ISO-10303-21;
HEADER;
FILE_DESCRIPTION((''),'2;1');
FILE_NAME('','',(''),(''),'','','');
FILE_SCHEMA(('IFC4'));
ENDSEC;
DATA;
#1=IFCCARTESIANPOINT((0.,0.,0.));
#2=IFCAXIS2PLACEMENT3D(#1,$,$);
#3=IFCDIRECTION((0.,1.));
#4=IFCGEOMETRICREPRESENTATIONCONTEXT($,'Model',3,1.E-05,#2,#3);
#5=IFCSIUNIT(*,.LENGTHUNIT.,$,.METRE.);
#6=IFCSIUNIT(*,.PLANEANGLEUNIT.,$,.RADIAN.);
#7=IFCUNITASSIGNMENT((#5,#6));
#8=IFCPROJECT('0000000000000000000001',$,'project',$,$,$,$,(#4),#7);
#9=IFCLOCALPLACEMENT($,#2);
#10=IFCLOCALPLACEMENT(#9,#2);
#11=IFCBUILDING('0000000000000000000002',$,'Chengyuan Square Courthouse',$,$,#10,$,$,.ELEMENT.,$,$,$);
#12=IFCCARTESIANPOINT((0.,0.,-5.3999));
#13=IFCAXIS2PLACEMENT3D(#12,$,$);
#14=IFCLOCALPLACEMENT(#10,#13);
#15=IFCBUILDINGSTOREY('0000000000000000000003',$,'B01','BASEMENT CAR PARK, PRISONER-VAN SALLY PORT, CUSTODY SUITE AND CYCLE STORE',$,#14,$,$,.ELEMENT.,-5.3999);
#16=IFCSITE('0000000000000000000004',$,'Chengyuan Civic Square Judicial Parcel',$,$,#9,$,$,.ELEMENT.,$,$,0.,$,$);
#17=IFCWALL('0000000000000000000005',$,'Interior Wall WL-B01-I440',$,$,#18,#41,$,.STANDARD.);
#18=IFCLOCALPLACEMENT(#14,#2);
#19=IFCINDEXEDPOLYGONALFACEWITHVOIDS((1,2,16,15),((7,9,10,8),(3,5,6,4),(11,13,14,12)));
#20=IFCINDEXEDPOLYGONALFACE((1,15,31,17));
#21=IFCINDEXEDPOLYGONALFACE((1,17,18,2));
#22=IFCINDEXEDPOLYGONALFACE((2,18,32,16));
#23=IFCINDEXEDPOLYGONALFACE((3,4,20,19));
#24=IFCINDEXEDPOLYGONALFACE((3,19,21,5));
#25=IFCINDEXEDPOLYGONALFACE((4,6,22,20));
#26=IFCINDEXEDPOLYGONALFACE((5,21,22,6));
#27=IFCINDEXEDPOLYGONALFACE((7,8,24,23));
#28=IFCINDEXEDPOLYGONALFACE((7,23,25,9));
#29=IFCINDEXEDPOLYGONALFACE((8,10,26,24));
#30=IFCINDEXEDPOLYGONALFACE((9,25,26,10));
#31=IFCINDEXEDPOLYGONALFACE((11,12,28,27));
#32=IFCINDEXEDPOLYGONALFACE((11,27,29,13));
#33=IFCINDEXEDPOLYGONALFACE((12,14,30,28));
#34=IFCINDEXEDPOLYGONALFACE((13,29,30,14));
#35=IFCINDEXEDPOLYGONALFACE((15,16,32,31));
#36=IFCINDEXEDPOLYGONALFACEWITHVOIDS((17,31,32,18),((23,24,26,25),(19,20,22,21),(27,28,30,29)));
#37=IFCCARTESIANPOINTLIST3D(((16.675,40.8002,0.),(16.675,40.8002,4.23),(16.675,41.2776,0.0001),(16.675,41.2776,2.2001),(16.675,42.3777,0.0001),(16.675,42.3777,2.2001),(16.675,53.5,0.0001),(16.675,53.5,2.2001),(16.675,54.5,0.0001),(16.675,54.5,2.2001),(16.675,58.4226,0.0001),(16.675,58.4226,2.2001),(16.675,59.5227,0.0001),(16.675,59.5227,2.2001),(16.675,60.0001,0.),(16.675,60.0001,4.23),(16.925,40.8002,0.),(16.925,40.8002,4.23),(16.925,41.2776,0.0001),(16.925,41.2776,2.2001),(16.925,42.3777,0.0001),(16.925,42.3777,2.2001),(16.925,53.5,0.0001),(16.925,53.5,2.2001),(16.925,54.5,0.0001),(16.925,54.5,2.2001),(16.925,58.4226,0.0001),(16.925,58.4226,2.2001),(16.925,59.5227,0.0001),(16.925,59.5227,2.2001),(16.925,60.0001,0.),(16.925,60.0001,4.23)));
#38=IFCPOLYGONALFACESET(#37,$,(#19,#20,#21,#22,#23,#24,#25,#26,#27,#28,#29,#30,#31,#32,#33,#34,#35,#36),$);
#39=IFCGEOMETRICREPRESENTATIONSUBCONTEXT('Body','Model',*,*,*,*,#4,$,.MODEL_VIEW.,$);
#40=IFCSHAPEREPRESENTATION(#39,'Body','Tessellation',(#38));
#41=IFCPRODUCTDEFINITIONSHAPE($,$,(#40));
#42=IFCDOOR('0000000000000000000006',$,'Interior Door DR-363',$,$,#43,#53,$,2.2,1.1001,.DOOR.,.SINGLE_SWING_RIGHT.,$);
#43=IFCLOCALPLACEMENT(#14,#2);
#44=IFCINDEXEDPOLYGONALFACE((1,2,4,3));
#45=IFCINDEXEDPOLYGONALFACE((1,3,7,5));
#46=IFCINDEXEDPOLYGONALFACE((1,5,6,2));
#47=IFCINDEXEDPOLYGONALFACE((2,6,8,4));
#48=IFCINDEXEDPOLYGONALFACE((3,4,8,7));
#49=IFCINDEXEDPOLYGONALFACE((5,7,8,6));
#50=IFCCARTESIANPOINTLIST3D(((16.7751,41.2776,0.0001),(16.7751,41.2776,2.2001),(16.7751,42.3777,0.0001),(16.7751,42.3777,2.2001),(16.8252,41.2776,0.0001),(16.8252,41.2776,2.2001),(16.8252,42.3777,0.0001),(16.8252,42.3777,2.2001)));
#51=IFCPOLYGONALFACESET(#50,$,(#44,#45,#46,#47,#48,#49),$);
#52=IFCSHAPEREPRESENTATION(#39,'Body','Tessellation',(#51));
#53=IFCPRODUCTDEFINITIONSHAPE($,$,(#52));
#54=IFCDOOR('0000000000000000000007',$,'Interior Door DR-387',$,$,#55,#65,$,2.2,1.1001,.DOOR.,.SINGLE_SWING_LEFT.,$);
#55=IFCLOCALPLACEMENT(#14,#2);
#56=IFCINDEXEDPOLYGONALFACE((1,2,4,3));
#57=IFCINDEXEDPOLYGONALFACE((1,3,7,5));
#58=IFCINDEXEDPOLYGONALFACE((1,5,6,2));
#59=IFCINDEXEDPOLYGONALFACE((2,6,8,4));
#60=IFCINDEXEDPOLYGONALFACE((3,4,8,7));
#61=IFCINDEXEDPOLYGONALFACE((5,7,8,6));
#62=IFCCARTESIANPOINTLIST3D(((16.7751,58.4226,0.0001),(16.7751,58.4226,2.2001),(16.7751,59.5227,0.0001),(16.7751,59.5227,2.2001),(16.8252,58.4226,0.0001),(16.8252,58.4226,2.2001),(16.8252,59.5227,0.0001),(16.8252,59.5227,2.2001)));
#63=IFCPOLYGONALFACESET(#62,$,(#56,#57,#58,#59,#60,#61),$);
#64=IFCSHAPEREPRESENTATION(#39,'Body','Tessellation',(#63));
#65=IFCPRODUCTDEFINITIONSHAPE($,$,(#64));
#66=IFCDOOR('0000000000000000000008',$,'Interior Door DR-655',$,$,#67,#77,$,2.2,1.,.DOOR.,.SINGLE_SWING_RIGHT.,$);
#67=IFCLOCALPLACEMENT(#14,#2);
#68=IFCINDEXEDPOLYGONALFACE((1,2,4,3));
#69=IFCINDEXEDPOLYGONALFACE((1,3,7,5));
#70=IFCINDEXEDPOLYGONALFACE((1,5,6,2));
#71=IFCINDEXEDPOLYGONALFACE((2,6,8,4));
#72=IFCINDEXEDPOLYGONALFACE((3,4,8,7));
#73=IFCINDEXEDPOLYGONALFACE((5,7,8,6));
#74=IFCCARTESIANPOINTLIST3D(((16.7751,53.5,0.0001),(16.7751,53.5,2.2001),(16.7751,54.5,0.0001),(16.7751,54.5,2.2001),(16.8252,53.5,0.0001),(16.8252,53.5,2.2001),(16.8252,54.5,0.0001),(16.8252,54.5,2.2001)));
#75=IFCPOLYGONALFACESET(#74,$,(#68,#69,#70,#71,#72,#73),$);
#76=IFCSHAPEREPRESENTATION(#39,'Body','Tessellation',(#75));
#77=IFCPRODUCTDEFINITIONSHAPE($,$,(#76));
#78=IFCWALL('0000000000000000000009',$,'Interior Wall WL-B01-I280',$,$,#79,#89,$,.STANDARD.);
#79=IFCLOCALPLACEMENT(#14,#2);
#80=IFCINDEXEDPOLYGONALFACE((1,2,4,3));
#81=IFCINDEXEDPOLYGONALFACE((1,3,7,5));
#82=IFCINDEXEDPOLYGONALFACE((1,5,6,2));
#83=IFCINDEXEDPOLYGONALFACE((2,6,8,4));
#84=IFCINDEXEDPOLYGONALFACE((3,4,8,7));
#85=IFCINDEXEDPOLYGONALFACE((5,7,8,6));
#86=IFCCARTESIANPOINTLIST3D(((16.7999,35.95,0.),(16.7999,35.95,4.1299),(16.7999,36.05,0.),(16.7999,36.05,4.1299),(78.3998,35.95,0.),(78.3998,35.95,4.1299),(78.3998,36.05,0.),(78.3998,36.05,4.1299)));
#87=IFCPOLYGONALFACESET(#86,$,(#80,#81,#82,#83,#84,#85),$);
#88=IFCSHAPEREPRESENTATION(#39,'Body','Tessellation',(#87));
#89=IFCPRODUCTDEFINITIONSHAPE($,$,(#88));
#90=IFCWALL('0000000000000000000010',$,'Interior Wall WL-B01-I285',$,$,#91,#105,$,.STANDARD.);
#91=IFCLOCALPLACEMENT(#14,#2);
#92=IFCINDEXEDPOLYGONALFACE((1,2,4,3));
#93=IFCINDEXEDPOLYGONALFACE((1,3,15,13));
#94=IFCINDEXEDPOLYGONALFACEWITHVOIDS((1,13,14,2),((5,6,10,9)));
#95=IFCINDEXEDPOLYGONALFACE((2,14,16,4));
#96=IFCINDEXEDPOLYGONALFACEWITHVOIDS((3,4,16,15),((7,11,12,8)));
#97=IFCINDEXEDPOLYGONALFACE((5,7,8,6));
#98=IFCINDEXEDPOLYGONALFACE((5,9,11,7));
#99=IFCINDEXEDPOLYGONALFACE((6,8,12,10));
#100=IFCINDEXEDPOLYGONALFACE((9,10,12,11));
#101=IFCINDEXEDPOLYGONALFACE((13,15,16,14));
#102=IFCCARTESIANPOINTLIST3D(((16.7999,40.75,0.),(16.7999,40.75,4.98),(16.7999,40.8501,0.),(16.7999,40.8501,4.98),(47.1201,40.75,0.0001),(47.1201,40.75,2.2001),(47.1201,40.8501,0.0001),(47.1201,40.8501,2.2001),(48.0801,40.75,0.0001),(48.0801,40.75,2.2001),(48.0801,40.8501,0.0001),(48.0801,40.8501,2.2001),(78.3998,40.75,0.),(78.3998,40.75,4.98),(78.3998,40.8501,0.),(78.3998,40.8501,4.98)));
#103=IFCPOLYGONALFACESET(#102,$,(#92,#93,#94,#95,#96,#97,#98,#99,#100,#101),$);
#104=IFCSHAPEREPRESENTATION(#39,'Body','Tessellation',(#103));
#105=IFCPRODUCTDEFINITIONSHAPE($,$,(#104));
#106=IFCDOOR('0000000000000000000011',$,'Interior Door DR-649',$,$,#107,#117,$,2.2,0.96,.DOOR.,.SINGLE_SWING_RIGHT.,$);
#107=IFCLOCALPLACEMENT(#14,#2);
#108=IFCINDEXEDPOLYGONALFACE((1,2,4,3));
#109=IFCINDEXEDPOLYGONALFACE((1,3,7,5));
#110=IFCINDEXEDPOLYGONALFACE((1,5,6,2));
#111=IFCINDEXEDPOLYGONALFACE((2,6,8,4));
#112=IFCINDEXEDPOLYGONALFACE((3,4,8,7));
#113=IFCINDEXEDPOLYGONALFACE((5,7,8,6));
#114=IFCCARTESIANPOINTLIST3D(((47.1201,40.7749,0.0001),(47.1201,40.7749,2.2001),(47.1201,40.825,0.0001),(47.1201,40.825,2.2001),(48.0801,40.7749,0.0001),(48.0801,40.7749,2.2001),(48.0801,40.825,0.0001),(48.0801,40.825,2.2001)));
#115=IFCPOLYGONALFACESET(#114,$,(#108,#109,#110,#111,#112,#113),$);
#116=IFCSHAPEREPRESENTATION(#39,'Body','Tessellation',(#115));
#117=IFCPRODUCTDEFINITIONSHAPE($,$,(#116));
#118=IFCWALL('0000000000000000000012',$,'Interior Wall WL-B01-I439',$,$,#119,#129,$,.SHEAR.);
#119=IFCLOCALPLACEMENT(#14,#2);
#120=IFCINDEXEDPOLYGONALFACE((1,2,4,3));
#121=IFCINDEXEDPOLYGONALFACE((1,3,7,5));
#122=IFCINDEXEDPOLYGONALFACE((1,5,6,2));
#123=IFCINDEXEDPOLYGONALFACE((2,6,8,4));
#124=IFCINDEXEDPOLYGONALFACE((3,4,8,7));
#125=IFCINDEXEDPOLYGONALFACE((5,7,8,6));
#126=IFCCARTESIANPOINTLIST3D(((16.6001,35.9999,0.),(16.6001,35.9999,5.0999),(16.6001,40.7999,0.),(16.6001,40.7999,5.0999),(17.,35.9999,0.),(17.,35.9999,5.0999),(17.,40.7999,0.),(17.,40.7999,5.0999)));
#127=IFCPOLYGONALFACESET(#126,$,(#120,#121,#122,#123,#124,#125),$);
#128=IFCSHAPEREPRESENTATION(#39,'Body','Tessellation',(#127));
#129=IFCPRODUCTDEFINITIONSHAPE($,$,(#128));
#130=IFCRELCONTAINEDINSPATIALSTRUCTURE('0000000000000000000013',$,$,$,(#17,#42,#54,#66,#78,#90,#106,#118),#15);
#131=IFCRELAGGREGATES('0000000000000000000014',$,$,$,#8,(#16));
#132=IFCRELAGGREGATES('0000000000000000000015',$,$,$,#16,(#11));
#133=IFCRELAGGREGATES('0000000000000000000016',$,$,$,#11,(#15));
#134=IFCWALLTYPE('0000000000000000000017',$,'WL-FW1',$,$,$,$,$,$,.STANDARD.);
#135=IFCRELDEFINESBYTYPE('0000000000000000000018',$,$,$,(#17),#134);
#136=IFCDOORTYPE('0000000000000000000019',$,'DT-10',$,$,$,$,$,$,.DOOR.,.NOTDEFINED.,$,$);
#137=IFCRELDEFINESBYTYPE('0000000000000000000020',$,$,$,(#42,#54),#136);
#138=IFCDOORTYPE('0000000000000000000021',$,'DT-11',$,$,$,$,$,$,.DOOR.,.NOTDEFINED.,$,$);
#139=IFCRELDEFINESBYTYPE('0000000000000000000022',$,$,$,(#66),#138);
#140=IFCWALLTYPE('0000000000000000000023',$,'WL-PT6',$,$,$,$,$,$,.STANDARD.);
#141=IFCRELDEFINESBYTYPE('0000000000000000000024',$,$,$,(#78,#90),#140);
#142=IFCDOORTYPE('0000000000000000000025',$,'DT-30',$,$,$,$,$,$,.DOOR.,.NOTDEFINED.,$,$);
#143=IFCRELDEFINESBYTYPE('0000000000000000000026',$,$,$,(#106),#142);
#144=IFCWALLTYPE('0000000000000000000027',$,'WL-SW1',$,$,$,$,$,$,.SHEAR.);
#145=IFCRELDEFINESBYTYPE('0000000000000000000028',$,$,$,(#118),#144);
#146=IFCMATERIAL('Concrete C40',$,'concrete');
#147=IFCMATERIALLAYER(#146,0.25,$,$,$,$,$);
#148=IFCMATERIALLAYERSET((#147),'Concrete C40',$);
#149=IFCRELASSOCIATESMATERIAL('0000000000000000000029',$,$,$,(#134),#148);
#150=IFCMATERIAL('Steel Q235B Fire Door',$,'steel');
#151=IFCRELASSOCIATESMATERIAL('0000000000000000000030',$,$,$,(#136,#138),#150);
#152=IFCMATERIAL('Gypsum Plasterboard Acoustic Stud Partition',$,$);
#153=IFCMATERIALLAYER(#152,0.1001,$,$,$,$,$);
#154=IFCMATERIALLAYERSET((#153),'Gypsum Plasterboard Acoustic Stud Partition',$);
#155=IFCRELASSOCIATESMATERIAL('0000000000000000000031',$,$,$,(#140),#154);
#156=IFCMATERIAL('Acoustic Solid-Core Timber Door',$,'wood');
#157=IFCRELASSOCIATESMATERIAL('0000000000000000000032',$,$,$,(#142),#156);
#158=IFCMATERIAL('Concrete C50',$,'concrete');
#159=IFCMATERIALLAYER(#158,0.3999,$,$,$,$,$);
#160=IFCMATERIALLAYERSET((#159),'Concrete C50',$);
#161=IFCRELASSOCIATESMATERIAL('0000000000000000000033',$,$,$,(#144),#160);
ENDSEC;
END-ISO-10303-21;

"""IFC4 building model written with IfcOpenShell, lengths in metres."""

from ifc_helpers import new_model, si_unit, direction, frame, frame_2d, origin, place, context, subcontext, project, spatial, rectangle, extrude, material, layer, layer_set, type_object, element, fill, save


model = new_model("IFC4")

# Units and contexts
model_context = context("Model", 3, precision=1e-05, world=origin(), true_north=direction((0.0, 1.0)))
body_context = subcontext(model_context, "Body", "Model", "MODEL_VIEW")
ifc_project = project(units=[si_unit("LENGTHUNIT", "METRE"), si_unit("PLANEANGLEUNIT", "RADIAN")], contexts=[model_context])

# Site, building, storey
site_placement = place(None, origin())
site = spatial("IfcSite", under=ifc_project, at=site_placement, Name="Chengyuan Civic Square Judicial Parcel", CompositionType="ELEMENT", RefElevation=0.0)
building_placement = place(site_placement, origin())
building = spatial("IfcBuilding", under=site, at=building_placement, Name="Chengyuan Square Courthouse", CompositionType="ELEMENT")
storey_placement = place(building_placement, frame((0.0, 0.0, -5.3999)))
storey = spatial("IfcBuildingStorey", under=building, at=storey_placement, Name="B01", Description="BASEMENT CAR PARK, PRISONER-VAN SALLY PORT, CUSTODY SUITE AND CYCLE STORE", CompositionType="ELEMENT", Elevation=-5.3999)

# Shared definitions
ifc_material_1 = material(Name="Concrete C50", Category="concrete")

# Shared definitions
ifc_material_2 = material(Name="Concrete C40", Category="concrete")

# Wall, openings, doors
ifc_layer_1 = layer(ifc_material_2, 0.25)
ifc_layer_set_1 = layer_set([ifc_layer_1], Name="Concrete C40")
wall_type_1 = type_object("IfcWallType", Name="WL-FW1", PredefinedType="STANDARD", material=ifc_layer_set_1)
wall_1_placement = place(storey_placement, frame((16.8, 40.8, 0.0), z_axis=(0.0, 0.0, 1.0), x_axis=(0.0, 1.0, 0.0)))
wall_1 = element("IfcWall", 1, at=wall_1_placement, inside=storey, type_object=wall_type_1, Name="Interior Wall WL-B01-I440", PredefinedType="STANDARD", context=body_context, shape_type="SweptSolid", body=[
    extrude(rectangle(XDim=19.2, YDim=0.25, at=frame_2d((9.6001, 0.0))), origin(), (0.0, 0.0, 1.0), 4.23),
])
opening_1_placement = place(wall_1_placement, frame((0.4775, 0.0, 0.0)))
opening_1 = element("IfcOpeningElement", 2, at=opening_1_placement, cuts=wall_1, PredefinedType="OPENING", context=body_context, shape_type="SweptSolid", body=[
    extrude(rectangle(XDim=1.1001, YDim=2.2, at=frame_2d((0.55, 1.1001))), frame((0.0, 0.137, 0.0), z_axis=(0.0, -1.0, 0.0), x_axis=(1.0, 0.0, 0.0)), (0.0, 0.0, 1.0), 0.2739),
])
opening_2_placement = place(wall_1_placement, frame((17.6226, 0.0, 0.0)))
opening_2 = element("IfcOpeningElement", 3, at=opening_2_placement, cuts=wall_1, PredefinedType="OPENING", context=body_context, shape_type="SweptSolid", body=[
    extrude(rectangle(XDim=1.1001, YDim=2.2, at=frame_2d((0.55, 1.1001))), frame((0.0, 0.137, 0.0), z_axis=(0.0, -1.0, 0.0), x_axis=(1.0, 0.0, 0.0)), (0.0, 0.0, 1.0), 0.2739),
])
opening_3_placement = place(wall_1_placement, frame((12.7, 0.0, 0.0)))
opening_3 = element("IfcOpeningElement", 4, at=opening_3_placement, cuts=wall_1, PredefinedType="OPENING", context=body_context, shape_type="SweptSolid", body=[
    extrude(rectangle(XDim=1.0, YDim=2.2, at=frame_2d((0.5, 1.1001))), frame((0.0, 0.137, 0.0), z_axis=(0.0, -1.0, 0.0), x_axis=(1.0, 0.0, 0.0)), (0.0, 0.0, 1.0), 0.2739),
])
ifc_material_3 = material(Name="Steel Q235B Fire Door", Category="steel")
door_type_1 = type_object("IfcDoorType", Name="DT-10", OperationType="NOTDEFINED", PredefinedType="DOOR", material=ifc_material_3)
door_1_placement = place(opening_1_placement, origin())
door_1 = element("IfcDoor", 5, at=door_1_placement, inside=storey, type_object=door_type_1, Name="Interior Door DR-363", OperationType="SINGLE_SWING_RIGHT", OverallHeight=2.2, OverallWidth=1.1001, PredefinedType="DOOR", context=body_context, shape_type="SweptSolid", body=[
    extrude(rectangle(XDim=1.1001, YDim=2.2, at=frame_2d((0.55, 1.1001))), frame((0.0, 0.0249, 0.0), z_axis=(0.0, -1.0, 0.0), x_axis=(1.0, 0.0, 0.0)), (0.0, 0.0, 1.0), 0.05),
])
fill(opening_1, door_1)
door_2_placement = place(opening_2_placement, origin())
door_2 = element("IfcDoor", 6, at=door_2_placement, inside=storey, type_object=door_type_1, Name="Interior Door DR-387", OperationType="SINGLE_SWING_LEFT", OverallHeight=2.2, OverallWidth=1.1001, PredefinedType="DOOR", context=body_context, shape_type="SweptSolid", body=[
    extrude(rectangle(XDim=1.1001, YDim=2.2, at=frame_2d((0.55, 1.1001))), frame((0.0, 0.0249, 0.0), z_axis=(0.0, -1.0, 0.0), x_axis=(1.0, 0.0, 0.0)), (0.0, 0.0, 1.0), 0.05),
])
fill(opening_2, door_2)
door_type_2 = type_object("IfcDoorType", Name="DT-11", OperationType="NOTDEFINED", PredefinedType="DOOR", material=ifc_material_3)
door_3_placement = place(opening_3_placement, origin())
door_3 = element("IfcDoor", 7, at=door_3_placement, inside=storey, type_object=door_type_2, Name="Interior Door DR-655", OperationType="SINGLE_SWING_RIGHT", OverallHeight=2.2, OverallWidth=1.0, PredefinedType="DOOR", context=body_context, shape_type="SweptSolid", body=[
    extrude(rectangle(XDim=1.0, YDim=2.2, at=frame_2d((0.5, 1.1001))), frame((0.0, 0.0249, 0.0), z_axis=(0.0, -1.0, 0.0), x_axis=(1.0, 0.0, 0.0)), (0.0, 0.0, 1.0), 0.05),
])
fill(opening_3, door_3)

# Wall
ifc_material_4 = material(Name="Gypsum Plasterboard Acoustic Stud Partition")
ifc_layer_2 = layer(ifc_material_4, 0.1001)
ifc_layer_set_2 = layer_set([ifc_layer_2], Name="Gypsum Plasterboard Acoustic Stud Partition")
wall_type_2 = type_object("IfcWallType", Name="WL-PT6", PredefinedType="STANDARD", material=ifc_layer_set_2)
wall_2_placement = place(storey_placement, frame((16.8, 36.0, 0.0), z_axis=(0.0, 0.0, 1.0), x_axis=(1.0, 0.0, 0.0)))
element("IfcWall", 8, at=wall_2_placement, inside=storey, type_object=wall_type_2, Name="Interior Wall WL-B01-I280", PredefinedType="STANDARD", context=body_context, shape_type="SweptSolid", body=[
    extrude(rectangle(XDim=61.5999, YDim=0.1001, at=frame_2d((30.7998, 0.0))), origin(), (0.0, 0.0, 1.0), 4.1299),
])

# Wall, opening, door
wall_3_placement = place(storey_placement, frame((16.8, 40.8, 0.0), z_axis=(0.0, 0.0, 1.0), x_axis=(1.0, 0.0, 0.0)))
wall_3 = element("IfcWall", 9, at=wall_3_placement, inside=storey, type_object=wall_type_2, Name="Interior Wall WL-B01-I285", PredefinedType="STANDARD", context=body_context, shape_type="SweptSolid", body=[
    extrude(rectangle(XDim=61.5999, YDim=0.1001, at=frame_2d((30.7998, 0.0))), origin(), (0.0, 0.0, 1.0), 4.98),
])
opening_4_placement = place(wall_3_placement, frame((30.3201, 0.0, 0.0)))
opening_4 = element("IfcOpeningElement", 10, at=opening_4_placement, cuts=wall_3, PredefinedType="OPENING", context=body_context, shape_type="SweptSolid", body=[
    extrude(rectangle(XDim=0.96, YDim=2.2, at=frame_2d((0.48, 1.1001))), frame((0.0, 0.062, 0.0), z_axis=(0.0, -1.0, 0.0), x_axis=(1.0, 0.0, 0.0)), (0.0, 0.0, 1.0), 0.124),
])
ifc_material_5 = material(Name="Acoustic Solid-Core Timber Door", Category="wood")
door_type_3 = type_object("IfcDoorType", Name="DT-30", OperationType="NOTDEFINED", PredefinedType="DOOR", material=ifc_material_5)
door_4_placement = place(opening_4_placement, origin())
door_4 = element("IfcDoor", 11, at=door_4_placement, inside=storey, type_object=door_type_3, Name="Interior Door DR-649", OperationType="SINGLE_SWING_RIGHT", OverallHeight=2.2, OverallWidth=0.96, PredefinedType="DOOR", context=body_context, shape_type="SweptSolid", body=[
    extrude(rectangle(XDim=0.96, YDim=2.2, at=frame_2d((0.48, 1.1001))), frame((0.0, 0.0249, 0.0), z_axis=(0.0, -1.0, 0.0), x_axis=(1.0, 0.0, 0.0)), (0.0, 0.0, 1.0), 0.05),
])
fill(opening_4, door_4)

# Wall
ifc_layer_3 = layer(ifc_material_1, 0.3999)
ifc_layer_set_3 = layer_set([ifc_layer_3], Name="Concrete C50")
wall_type_3 = type_object("IfcWallType", Name="WL-SW1", PredefinedType="SHEAR", material=ifc_layer_set_3)
wall_4_placement = place(storey_placement, frame((16.8, 36.0, 0.0), z_axis=(0.0, 0.0, 1.0), x_axis=(0.0, 1.0, 0.0)))
element("IfcWall", 12, at=wall_4_placement, inside=storey, type_object=wall_type_3, Name="Interior Wall WL-B01-I439", PredefinedType="SHEAR", context=body_context, shape_type="SweptSolid", body=[
    extrude(rectangle(XDim=4.8, YDim=0.3999, at=frame_2d((2.3999, 0.0))), origin(), (0.0, 0.0, 1.0), 5.0999),
])

save(model, "model.ifc")
